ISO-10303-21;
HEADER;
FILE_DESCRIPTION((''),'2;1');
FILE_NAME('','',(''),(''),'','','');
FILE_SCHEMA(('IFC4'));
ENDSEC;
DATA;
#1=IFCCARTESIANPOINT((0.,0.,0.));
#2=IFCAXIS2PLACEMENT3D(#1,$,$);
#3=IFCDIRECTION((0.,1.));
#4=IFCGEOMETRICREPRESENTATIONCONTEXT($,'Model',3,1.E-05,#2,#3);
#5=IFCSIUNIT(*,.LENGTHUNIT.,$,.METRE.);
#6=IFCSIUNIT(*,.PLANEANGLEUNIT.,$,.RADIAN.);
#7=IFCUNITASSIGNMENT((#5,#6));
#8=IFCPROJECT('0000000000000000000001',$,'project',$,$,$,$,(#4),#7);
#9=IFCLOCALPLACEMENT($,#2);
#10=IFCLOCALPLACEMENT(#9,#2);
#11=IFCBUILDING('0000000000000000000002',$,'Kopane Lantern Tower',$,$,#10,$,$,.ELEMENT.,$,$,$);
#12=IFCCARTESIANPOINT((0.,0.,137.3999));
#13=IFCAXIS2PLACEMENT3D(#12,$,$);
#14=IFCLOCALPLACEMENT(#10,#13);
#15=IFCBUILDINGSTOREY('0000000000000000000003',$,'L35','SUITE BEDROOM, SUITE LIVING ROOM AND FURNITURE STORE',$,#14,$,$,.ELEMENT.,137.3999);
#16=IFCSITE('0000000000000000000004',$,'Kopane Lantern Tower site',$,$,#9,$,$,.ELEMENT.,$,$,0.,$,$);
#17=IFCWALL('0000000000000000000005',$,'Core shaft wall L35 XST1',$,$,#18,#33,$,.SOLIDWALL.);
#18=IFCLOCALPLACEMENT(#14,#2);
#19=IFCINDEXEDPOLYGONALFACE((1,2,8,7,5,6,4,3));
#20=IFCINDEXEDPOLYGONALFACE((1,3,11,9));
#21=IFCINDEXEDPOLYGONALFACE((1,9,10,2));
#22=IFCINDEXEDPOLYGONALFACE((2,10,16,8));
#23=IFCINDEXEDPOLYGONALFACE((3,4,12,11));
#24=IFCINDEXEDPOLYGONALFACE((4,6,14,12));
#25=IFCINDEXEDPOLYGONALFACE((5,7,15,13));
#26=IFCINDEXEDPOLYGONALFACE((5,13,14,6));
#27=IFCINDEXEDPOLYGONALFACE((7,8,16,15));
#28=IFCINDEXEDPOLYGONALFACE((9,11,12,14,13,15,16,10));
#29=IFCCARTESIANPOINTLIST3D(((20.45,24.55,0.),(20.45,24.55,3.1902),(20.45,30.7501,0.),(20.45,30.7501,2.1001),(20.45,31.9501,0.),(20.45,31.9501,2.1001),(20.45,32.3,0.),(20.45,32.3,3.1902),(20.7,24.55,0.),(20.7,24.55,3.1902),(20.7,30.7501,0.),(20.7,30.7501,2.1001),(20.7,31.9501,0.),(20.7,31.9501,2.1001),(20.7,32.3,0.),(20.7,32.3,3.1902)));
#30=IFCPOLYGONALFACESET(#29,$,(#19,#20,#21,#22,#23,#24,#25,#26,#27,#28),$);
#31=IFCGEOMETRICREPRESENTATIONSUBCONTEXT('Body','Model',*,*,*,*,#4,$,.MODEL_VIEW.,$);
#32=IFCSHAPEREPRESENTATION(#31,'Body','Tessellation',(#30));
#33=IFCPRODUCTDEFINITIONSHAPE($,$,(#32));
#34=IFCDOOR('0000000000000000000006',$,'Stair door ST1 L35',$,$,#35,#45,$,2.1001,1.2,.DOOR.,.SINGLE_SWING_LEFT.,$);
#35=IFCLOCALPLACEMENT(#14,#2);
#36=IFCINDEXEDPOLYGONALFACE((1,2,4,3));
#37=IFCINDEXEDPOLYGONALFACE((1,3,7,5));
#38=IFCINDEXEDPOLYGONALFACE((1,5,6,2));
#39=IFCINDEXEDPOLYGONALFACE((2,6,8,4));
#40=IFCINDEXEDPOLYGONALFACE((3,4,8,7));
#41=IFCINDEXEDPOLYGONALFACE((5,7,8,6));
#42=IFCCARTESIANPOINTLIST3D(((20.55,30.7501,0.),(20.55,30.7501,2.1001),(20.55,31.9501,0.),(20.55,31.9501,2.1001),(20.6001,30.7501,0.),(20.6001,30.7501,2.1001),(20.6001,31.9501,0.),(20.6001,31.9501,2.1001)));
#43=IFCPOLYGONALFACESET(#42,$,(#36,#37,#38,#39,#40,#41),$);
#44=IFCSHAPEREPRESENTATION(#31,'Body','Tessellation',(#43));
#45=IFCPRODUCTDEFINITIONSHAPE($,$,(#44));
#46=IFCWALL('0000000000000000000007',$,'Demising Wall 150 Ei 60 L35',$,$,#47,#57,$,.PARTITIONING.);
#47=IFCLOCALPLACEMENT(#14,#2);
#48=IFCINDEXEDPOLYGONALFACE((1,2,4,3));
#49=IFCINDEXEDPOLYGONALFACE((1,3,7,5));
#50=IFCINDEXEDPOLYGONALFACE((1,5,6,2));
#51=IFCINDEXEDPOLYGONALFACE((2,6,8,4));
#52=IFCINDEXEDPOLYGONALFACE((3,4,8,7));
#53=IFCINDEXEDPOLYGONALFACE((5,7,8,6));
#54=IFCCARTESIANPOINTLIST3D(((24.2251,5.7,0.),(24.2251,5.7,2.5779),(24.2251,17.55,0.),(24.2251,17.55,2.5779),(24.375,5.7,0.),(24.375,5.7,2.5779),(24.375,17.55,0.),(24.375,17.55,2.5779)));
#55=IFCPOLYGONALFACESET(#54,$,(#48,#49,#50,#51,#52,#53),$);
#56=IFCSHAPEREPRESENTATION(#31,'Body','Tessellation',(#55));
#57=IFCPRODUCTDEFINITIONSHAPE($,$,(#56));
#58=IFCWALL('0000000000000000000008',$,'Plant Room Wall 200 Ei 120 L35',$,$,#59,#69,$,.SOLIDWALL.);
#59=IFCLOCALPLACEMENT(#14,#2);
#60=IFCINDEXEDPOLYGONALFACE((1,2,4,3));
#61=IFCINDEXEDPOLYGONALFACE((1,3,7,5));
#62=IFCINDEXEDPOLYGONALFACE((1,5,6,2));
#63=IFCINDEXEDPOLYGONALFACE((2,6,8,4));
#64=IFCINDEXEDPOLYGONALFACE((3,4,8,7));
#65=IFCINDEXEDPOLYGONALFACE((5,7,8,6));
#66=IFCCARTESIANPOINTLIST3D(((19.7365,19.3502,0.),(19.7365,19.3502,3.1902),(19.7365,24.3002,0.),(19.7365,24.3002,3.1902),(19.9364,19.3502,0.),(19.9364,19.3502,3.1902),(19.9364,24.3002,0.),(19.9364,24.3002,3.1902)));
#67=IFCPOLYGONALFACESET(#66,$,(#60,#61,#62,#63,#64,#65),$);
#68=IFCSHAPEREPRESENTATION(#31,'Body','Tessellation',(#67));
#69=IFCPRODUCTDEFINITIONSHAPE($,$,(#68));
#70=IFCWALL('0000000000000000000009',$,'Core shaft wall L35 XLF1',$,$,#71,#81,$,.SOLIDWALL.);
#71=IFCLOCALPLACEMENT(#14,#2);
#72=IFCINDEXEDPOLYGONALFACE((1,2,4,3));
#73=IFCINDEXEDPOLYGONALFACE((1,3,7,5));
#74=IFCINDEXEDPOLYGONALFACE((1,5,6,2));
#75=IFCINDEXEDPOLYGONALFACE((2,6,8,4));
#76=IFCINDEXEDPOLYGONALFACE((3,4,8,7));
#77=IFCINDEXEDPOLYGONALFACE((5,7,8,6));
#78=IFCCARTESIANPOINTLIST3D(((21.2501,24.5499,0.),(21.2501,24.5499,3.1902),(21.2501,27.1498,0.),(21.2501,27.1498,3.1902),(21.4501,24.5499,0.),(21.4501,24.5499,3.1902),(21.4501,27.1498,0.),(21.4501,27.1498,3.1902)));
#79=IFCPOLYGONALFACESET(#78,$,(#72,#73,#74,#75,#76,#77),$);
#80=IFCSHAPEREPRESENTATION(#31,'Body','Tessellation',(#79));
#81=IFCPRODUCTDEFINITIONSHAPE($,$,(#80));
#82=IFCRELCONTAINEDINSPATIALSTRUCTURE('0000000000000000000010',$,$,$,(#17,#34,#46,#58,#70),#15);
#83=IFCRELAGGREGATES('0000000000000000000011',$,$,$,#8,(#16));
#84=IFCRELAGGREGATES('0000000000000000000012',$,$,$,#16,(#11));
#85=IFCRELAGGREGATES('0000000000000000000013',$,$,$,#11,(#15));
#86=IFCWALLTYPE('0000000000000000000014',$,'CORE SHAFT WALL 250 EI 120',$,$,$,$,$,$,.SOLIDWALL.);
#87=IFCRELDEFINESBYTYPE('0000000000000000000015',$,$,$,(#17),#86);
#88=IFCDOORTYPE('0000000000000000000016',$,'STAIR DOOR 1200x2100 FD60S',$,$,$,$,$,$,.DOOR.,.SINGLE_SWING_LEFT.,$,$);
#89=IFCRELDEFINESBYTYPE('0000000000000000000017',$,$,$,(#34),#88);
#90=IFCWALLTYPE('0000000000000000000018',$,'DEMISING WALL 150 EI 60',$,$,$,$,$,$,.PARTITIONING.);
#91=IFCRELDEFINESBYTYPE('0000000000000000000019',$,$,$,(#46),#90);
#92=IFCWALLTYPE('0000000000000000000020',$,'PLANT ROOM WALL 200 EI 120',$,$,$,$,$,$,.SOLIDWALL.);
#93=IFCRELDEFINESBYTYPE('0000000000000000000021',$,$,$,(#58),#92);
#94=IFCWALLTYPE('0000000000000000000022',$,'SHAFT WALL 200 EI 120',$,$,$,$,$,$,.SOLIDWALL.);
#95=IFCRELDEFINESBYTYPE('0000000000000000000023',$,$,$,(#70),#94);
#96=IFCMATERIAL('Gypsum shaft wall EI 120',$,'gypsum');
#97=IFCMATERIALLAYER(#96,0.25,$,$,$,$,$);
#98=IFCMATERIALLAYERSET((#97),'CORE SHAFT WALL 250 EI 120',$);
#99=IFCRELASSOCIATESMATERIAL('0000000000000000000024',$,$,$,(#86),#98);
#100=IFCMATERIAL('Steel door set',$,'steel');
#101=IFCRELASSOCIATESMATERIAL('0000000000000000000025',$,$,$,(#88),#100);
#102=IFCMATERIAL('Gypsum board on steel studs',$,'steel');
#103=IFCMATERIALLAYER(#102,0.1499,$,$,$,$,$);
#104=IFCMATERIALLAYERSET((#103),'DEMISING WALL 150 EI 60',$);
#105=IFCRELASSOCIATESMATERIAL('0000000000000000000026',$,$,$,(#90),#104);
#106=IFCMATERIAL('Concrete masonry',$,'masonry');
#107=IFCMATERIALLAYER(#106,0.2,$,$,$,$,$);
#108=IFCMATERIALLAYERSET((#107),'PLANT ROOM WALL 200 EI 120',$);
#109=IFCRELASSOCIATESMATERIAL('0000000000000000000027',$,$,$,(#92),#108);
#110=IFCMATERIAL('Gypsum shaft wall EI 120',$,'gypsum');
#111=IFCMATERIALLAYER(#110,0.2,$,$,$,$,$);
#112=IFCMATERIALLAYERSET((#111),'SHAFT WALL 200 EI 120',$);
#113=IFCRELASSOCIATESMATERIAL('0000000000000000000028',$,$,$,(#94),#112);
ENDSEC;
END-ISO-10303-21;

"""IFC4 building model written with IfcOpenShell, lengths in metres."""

from ifc_helpers import new_model, si_unit, direction, frame, frame_2d, origin, place, context, subcontext, project, spatial, rectangle, extrude, material, layer, layer_set, type_object, element, fill, save


model = new_model("IFC4")

# Units and contexts
model_context = context("Model", 3, precision=1e-05, world=origin(), true_north=direction((0.0, 1.0)))
body_context = subcontext(model_context, "Body", "Model", "MODEL_VIEW")
ifc_project = project(units=[si_unit("LENGTHUNIT", "METRE"), si_unit("PLANEANGLEUNIT", "RADIAN")], contexts=[model_context])

# Site, building, storey
site_placement = place(None, origin())
site = spatial("IfcSite", under=ifc_project, at=site_placement, Name="Kopane Lantern Tower site", CompositionType="ELEMENT", RefElevation=0.0)
building_placement = place(site_placement, origin())
building = spatial("IfcBuilding", under=site, at=building_placement, Name="Kopane Lantern Tower", CompositionType="ELEMENT")
storey_placement = place(building_placement, frame((0.0, 0.0, 137.3999)))
storey = spatial("IfcBuildingStorey", under=building, at=storey_placement, Name="L35", Description="SUITE BEDROOM, SUITE LIVING ROOM AND FURNITURE STORE", CompositionType="ELEMENT", Elevation=137.3999)

# Wall, opening, door
ifc_material_1 = material(Name="Gypsum shaft wall EI 120", Category="gypsum")
ifc_layer_1 = layer(ifc_material_1, 0.25)
ifc_layer_set_1 = layer_set([ifc_layer_1], Name="CORE SHAFT WALL 250 EI 120")
wall_type_1 = type_object("IfcWallType", Name="CORE SHAFT WALL 250 EI 120", PredefinedType="SOLIDWALL", material=ifc_layer_set_1)
wall_1_placement = place(storey_placement, frame((20.575, 24.55, 0.0), z_axis=(0.0, 0.0, 1.0), x_axis=(0.0, 1.0, 0.0)))
wall_1 = element("IfcWall", 1, at=wall_1_placement, inside=storey, type_object=wall_type_1, Name="Core shaft wall L35 XST1", PredefinedType="SOLIDWALL", context=body_context, shape_type="SweptSolid", body=[
    extrude(rectangle(XDim=7.75, YDim=0.25, at=frame_2d((3.875, 0.0))), origin(), (0.0, 0.0, 1.0), 3.1902),
])
opening_1_placement = place(wall_1_placement, frame((6.2, 0.0, 0.0)))
opening_1 = element("IfcOpeningElement", 2, at=opening_1_placement, cuts=wall_1, PredefinedType="OPENING", context=body_context, shape_type="SweptSolid", body=[
    extrude(rectangle(XDim=1.2, YDim=2.1001, at=frame_2d((0.6001, 1.05))), frame((0.0, 0.135, 0.0), z_axis=(0.0, -1.0, 0.0), x_axis=(1.0, 0.0, 0.0)), (0.0, 0.0, 1.0), 0.27),
])
ifc_material_2 = material(Name="Steel door set", Category="steel")
door_type_1 = type_object("IfcDoorType", Name="STAIR DOOR 1200x2100 FD60S", OperationType="SINGLE_SWING_LEFT", PredefinedType="DOOR", material=ifc_material_2)
door_1_placement = place(opening_1_placement, origin())
door_1 = element("IfcDoor", 3, at=door_1_placement, inside=storey, type_object=door_type_1, Name="Stair door ST1 L35", OperationType="SINGLE_SWING_LEFT", OverallHeight=2.1001, OverallWidth=1.2, PredefinedType="DOOR", context=body_context, shape_type="SweptSolid", body=[
    extrude(rectangle(XDim=1.2, YDim=2.1001, at=frame_2d((0.6001, 1.05))), frame((0.0, 0.0249, 0.0), z_axis=(0.0, -1.0, 0.0), x_axis=(1.0, 0.0, 0.0)), (0.0, 0.0, 1.0), 0.05),
])
fill(opening_1, door_1)

# Walls
ifc_material_3 = material(Name="Gypsum board on steel studs", Category="steel")
ifc_layer_2 = layer(ifc_material_3, 0.1499)
ifc_layer_set_2 = layer_set([ifc_layer_2], Name="DEMISING WALL 150 EI 60")
wall_type_2 = type_object("IfcWallType", Name="DEMISING WALL 150 EI 60", PredefinedType="PARTITIONING", material=ifc_layer_set_2)
wall_2_placement = place(storey_placement, frame((24.3, 17.55, 0.0), z_axis=(0.0, 0.0, 1.0), x_axis=(0.0, -1.0, 0.0)))
element("IfcWall", 4, at=wall_2_placement, inside=storey, type_object=wall_type_2, Name="Demising Wall 150 Ei 60 L35", PredefinedType="PARTITIONING", context=body_context, shape_type="SweptSolid", body=[
    extrude(rectangle(XDim=11.8501, YDim=0.1499, at=frame_2d((5.925, 0.0))), origin(), (0.0, 0.0, 1.0), 2.5779),
])
ifc_material_4 = material(Name="Concrete masonry", Category="masonry")
ifc_layer_3 = layer(ifc_material_4, 0.2)
ifc_layer_set_3 = layer_set([ifc_layer_3], Name="PLANT ROOM WALL 200 EI 120")
wall_type_3 = type_object("IfcWallType", Name="PLANT ROOM WALL 200 EI 120", PredefinedType="SOLIDWALL", material=ifc_layer_set_3)
wall_3_placement = place(storey_placement, frame((19.8364, 19.3501, 0.0), z_axis=(0.0, 0.0, 1.0), x_axis=(0.0, 1.0, 0.0)))
element("IfcWall", 5, at=wall_3_placement, inside=storey, type_object=wall_type_3, Name="Plant Room Wall 200 Ei 120 L35", PredefinedType="SOLIDWALL", context=body_context, shape_type="SweptSolid", body=[
    extrude(rectangle(XDim=4.95, YDim=0.2, at=frame_2d((2.4751, 0.0))), origin(), (0.0, 0.0, 1.0), 3.1902),
])
ifc_material_5 = material(Name="Gypsum shaft wall EI 120", Category="gypsum")
ifc_layer_4 = layer(ifc_material_5, 0.2)
ifc_layer_set_4 = layer_set([ifc_layer_4], Name="SHAFT WALL 200 EI 120")
wall_type_4 = type_object("IfcWallType", Name="SHAFT WALL 200 EI 120", PredefinedType="SOLIDWALL", material=ifc_layer_set_4)
wall_4_placement = place(storey_placement, frame((21.3501, 24.55, 0.0), z_axis=(0.0, 0.0, 1.0), x_axis=(0.0, 1.0, 0.0)))
element("IfcWall", 6, at=wall_4_placement, inside=storey, type_object=wall_type_4, Name="Core shaft wall L35 XLF1", PredefinedType="SOLIDWALL", context=body_context, shape_type="SweptSolid", body=[
    extrude(rectangle(XDim=2.5999, YDim=0.2, at=frame_2d((1.2998, 0.0))), origin(), (0.0, 0.0, 1.0), 3.1902),
])

save(model, "model.ifc")
